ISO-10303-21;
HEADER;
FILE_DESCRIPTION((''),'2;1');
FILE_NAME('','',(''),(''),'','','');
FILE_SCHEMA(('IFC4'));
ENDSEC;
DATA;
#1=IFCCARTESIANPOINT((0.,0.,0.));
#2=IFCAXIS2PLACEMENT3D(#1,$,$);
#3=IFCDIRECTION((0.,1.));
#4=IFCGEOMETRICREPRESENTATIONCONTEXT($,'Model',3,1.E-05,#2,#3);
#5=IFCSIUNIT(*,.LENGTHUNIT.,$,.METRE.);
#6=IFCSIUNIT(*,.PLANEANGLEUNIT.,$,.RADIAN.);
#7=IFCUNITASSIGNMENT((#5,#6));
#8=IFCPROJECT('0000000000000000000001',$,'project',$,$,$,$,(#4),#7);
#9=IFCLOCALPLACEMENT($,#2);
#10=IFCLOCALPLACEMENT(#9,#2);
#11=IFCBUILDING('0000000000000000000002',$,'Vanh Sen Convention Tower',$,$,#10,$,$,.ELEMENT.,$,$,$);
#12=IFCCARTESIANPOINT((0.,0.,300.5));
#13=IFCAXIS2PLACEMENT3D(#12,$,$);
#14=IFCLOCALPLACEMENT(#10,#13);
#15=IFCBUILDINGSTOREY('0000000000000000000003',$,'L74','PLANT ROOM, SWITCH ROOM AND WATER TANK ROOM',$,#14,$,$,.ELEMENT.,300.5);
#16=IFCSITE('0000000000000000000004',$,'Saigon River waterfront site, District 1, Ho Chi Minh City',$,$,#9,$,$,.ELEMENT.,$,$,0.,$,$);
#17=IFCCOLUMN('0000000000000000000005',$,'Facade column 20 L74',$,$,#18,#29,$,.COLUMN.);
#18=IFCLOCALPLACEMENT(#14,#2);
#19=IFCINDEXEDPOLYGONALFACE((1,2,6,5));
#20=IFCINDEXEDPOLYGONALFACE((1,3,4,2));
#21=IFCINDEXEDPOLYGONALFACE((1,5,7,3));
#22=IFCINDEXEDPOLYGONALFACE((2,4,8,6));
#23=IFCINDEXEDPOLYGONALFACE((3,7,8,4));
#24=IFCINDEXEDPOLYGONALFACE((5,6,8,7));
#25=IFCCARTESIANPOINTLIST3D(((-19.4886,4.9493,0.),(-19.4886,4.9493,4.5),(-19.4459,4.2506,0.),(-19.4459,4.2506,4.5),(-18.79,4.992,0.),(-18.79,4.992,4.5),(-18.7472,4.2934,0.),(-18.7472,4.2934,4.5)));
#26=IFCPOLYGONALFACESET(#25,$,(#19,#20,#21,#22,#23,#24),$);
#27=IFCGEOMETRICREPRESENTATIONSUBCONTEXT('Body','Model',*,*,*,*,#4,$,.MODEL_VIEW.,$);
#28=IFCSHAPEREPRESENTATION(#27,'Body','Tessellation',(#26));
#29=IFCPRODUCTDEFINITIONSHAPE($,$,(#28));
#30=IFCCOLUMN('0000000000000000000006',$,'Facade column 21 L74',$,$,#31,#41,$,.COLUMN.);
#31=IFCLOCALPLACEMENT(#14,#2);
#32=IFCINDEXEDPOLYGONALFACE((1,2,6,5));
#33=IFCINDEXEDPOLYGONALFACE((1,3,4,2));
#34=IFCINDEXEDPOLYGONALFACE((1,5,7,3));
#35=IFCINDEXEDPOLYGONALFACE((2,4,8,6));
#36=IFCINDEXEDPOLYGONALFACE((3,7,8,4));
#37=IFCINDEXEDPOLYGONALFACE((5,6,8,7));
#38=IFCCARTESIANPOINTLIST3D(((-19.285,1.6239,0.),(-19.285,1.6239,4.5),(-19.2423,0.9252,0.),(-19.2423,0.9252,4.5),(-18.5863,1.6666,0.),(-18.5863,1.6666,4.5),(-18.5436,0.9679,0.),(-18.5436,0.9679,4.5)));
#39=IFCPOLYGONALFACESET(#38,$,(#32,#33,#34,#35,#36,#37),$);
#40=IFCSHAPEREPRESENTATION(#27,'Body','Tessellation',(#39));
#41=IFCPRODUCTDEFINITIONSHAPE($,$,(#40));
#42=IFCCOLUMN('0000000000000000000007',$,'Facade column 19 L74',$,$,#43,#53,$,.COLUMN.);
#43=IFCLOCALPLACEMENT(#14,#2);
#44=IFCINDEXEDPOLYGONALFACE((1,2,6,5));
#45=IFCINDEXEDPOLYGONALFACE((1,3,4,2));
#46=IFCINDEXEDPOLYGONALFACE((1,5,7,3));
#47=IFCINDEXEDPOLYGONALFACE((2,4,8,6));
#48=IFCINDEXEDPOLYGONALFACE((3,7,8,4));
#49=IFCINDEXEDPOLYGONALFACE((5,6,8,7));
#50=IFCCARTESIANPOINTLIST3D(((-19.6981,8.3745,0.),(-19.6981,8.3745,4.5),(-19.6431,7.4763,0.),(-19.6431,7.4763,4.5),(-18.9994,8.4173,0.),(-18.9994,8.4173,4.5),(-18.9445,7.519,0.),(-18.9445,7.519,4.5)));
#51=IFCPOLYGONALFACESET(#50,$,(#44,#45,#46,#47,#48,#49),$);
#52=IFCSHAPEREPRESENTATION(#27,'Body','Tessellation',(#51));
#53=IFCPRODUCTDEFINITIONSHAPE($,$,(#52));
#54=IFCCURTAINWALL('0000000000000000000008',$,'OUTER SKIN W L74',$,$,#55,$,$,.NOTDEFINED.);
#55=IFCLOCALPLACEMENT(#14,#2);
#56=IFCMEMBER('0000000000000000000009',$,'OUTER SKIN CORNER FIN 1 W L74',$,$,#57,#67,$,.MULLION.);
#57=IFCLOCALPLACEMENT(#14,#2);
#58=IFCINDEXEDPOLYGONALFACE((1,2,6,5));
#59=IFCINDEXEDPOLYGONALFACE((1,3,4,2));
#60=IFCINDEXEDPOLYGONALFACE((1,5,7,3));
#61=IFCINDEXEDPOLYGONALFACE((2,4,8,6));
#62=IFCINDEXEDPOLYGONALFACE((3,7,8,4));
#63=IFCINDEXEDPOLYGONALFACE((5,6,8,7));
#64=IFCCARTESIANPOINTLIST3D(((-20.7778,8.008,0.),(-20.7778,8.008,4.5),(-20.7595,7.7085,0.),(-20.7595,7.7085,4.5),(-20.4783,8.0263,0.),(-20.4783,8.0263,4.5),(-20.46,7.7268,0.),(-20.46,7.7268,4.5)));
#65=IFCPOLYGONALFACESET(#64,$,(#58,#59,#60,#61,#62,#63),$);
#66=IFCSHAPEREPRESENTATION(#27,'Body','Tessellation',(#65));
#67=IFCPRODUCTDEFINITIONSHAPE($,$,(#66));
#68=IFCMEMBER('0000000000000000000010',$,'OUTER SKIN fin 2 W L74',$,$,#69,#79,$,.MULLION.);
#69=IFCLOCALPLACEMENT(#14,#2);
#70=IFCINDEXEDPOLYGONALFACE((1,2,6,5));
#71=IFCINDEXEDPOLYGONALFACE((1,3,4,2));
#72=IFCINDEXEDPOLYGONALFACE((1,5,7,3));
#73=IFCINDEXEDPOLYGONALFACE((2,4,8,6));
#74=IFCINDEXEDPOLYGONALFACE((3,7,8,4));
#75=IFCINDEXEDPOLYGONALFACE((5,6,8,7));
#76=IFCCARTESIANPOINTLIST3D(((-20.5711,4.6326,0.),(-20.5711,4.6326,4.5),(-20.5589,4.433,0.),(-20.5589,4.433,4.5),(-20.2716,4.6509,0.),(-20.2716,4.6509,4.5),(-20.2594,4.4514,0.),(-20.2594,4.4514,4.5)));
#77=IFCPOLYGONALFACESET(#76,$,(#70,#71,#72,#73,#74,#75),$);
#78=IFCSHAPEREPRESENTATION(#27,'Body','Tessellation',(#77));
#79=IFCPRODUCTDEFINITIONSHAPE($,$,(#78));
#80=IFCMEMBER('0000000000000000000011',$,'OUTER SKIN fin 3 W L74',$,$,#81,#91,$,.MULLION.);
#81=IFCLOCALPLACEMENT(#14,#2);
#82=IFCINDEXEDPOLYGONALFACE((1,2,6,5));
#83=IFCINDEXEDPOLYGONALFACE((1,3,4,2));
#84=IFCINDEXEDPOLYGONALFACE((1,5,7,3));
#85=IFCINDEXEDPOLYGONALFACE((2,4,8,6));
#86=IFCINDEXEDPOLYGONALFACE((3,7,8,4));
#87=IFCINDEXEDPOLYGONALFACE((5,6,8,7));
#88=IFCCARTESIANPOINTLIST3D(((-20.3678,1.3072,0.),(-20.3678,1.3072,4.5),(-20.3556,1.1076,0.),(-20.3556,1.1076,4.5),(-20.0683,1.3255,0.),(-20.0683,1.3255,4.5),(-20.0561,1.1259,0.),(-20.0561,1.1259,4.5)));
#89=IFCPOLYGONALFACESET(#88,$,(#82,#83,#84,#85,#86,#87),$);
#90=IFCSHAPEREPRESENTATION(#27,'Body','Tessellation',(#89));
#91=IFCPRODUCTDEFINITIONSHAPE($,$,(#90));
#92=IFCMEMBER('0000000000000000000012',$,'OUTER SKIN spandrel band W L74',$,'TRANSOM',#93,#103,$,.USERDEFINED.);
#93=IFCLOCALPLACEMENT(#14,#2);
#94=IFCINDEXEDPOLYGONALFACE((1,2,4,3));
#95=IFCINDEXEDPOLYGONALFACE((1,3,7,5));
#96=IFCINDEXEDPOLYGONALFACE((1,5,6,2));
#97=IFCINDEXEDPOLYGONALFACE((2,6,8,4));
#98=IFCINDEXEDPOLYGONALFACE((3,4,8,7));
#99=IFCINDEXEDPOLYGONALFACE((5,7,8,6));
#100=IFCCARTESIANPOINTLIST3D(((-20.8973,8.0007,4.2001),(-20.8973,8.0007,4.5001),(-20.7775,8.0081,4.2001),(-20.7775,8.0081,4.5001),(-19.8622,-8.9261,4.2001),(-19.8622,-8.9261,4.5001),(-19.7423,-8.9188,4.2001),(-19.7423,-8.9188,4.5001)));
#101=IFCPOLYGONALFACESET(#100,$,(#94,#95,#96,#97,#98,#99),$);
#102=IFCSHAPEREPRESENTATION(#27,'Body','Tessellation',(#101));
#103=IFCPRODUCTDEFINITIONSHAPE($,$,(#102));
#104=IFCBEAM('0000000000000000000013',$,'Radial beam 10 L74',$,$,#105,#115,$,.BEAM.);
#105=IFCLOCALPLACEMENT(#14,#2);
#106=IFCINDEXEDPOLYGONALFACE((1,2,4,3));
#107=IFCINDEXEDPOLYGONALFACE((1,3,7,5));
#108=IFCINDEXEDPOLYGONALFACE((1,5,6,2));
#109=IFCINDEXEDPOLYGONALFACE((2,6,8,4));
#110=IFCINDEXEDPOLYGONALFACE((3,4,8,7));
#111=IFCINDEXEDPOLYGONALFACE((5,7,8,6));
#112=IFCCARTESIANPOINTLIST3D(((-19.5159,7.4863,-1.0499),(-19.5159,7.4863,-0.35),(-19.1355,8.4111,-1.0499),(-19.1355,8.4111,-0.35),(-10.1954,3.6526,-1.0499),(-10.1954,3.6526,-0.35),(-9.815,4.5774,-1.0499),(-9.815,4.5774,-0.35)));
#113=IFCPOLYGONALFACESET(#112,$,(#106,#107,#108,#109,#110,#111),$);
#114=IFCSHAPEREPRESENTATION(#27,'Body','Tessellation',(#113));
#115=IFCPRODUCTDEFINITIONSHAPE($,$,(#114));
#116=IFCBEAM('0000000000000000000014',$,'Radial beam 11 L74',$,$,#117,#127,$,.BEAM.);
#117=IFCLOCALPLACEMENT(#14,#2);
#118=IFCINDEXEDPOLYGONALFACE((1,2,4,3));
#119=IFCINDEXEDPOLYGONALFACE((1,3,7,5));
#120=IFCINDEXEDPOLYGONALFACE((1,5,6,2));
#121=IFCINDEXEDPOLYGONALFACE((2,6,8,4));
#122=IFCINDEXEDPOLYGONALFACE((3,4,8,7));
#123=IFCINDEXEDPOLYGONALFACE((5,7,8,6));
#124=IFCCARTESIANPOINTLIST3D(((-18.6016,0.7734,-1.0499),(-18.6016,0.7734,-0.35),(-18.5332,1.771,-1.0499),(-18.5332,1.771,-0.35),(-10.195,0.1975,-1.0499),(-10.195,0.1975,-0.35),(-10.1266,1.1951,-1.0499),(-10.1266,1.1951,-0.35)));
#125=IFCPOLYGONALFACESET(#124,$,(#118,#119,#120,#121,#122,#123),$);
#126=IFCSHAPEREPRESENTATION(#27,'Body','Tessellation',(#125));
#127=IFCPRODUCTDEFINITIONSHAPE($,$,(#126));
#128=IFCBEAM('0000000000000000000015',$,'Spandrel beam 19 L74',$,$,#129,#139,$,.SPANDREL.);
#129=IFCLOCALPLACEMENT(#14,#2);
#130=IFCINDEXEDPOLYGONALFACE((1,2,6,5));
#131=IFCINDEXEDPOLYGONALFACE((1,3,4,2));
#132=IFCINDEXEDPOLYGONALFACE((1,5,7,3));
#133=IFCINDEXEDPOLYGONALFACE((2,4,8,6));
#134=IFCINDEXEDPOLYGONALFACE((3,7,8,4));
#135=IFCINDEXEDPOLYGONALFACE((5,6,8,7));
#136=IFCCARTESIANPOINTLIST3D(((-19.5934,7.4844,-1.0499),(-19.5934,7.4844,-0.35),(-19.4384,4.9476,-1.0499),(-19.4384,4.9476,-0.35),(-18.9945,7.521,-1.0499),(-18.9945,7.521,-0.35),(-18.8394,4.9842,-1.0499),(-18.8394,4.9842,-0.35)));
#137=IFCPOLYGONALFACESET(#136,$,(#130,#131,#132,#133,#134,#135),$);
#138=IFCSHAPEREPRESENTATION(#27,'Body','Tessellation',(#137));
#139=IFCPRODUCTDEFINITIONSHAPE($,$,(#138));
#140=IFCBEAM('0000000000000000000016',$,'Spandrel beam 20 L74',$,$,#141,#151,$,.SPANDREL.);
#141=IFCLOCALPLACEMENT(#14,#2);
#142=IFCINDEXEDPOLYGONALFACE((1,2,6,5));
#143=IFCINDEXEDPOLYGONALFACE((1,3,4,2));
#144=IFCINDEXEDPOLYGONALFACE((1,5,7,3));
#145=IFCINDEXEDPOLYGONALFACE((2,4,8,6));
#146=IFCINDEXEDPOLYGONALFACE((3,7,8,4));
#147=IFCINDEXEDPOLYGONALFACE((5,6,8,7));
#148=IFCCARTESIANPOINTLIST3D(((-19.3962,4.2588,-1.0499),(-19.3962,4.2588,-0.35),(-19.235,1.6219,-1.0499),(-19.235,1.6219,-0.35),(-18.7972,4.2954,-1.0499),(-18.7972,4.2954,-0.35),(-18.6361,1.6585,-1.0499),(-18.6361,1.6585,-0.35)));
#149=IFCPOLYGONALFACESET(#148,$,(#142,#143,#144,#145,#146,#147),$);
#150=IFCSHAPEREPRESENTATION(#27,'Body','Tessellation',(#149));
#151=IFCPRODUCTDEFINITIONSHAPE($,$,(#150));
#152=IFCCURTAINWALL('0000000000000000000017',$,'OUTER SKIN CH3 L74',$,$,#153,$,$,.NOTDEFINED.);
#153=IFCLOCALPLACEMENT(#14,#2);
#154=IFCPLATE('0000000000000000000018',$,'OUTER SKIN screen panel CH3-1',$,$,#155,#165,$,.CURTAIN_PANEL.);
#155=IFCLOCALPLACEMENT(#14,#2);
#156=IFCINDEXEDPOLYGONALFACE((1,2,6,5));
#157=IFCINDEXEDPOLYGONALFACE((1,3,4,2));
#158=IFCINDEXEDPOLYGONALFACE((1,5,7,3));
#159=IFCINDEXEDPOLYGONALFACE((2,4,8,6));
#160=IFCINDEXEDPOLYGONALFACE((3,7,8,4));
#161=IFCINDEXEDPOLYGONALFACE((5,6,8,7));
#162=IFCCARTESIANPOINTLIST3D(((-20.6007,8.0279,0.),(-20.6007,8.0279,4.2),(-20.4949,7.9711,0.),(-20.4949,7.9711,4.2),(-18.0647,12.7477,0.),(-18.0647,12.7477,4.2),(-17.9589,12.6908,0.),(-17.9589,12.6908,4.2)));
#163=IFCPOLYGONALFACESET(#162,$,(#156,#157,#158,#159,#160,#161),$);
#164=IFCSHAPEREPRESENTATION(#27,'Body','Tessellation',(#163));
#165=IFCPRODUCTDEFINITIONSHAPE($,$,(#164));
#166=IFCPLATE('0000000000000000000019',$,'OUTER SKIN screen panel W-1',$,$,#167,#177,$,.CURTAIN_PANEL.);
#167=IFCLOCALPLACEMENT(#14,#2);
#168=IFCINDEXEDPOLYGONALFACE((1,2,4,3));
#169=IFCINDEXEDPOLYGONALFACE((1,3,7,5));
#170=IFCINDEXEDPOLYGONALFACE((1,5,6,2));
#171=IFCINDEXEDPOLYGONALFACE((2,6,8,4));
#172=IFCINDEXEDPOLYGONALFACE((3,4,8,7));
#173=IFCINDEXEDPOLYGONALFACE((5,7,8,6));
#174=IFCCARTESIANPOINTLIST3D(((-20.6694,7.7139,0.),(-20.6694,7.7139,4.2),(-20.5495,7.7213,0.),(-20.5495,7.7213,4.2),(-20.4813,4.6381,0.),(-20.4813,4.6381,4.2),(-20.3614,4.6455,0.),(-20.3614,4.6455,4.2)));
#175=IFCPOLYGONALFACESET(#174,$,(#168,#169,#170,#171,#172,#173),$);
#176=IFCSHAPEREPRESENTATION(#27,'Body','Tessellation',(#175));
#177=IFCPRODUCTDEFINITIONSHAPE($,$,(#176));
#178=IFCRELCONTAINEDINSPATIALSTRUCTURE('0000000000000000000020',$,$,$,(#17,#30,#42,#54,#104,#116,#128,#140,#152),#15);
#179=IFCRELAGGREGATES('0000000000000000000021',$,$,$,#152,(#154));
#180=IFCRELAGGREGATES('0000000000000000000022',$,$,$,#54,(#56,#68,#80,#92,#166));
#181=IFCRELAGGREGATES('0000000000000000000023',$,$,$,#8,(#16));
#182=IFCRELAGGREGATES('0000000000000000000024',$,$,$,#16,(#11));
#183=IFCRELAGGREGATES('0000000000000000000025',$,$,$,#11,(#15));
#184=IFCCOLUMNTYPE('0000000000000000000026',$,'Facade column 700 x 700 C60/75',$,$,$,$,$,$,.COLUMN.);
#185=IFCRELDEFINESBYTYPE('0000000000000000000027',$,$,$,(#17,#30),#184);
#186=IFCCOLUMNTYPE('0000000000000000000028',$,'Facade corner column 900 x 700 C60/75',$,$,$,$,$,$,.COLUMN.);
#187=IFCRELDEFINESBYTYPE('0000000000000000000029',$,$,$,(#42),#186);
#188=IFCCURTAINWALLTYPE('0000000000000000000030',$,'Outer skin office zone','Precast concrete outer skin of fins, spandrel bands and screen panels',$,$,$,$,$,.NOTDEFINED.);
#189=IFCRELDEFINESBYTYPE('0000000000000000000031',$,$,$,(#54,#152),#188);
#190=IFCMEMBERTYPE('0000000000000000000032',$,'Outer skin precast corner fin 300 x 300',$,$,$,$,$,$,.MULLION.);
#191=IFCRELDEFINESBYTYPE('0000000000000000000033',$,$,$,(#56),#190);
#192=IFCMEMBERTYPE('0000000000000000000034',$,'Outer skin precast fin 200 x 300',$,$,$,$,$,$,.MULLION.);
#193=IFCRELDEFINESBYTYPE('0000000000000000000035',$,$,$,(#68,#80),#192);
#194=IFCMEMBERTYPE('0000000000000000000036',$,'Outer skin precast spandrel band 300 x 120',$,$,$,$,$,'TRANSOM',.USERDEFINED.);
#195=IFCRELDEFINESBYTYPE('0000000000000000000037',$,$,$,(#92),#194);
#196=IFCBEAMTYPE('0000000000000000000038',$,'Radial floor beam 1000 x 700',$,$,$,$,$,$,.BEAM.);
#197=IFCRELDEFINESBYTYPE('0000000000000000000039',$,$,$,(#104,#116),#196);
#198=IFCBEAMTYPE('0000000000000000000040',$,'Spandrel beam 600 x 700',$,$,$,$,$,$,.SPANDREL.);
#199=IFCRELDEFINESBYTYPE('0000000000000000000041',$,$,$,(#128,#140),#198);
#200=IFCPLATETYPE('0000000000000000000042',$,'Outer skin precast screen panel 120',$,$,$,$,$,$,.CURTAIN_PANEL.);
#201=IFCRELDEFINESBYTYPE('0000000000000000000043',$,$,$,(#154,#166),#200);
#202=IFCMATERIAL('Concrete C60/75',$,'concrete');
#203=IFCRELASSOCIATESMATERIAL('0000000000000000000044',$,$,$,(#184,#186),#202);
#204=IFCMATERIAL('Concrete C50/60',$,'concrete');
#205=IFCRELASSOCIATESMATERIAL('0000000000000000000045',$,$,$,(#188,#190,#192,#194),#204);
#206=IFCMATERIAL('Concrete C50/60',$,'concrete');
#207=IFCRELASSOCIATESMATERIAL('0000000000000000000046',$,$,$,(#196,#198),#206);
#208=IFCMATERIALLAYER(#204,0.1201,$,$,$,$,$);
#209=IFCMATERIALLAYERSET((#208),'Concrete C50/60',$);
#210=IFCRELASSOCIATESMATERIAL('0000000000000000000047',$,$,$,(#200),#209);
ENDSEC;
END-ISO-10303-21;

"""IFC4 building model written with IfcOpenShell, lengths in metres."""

from ifc_helpers import new_model, si_unit, direction, frame, origin, origin_2d, place, context, subcontext, project, spatial, rectangle, extrude, material, layer, layer_set, material_profile, profile_set, type_object, element, aggregate, save


model = new_model("IFC4")

# Units and contexts
model_context = context("Model", 3, precision=1e-05, world=origin(), true_north=direction((0.0, 1.0)))
body_context = subcontext(model_context, "Body", "Model", "MODEL_VIEW")
ifc_project = project(units=[si_unit("LENGTHUNIT", "METRE"), si_unit("PLANEANGLEUNIT", "RADIAN")], contexts=[model_context])

# Site, building, storey
site_placement = place(None, origin())
site = spatial("IfcSite", under=ifc_project, at=site_placement, Name="Saigon River waterfront site, District 1, Ho Chi Minh City", CompositionType="ELEMENT", RefElevation=0.0)
building_placement = place(site_placement, origin())
building = spatial("IfcBuilding", under=site, at=building_placement, Name="Vanh Sen Convention Tower", CompositionType="ELEMENT")
storey_placement = place(building_placement, frame((0.0, 0.0, 300.5)))
storey = spatial("IfcBuildingStorey", under=building, at=storey_placement, Name="L74", Description="PLANT ROOM, SWITCH ROOM AND WATER TANK ROOM", CompositionType="ELEMENT", Elevation=300.5)

# Columns
ifc_material_1 = material(Name="Concrete C60/75", Category="concrete")
ifc_material_profile_1 = material_profile(ifc_material_1, rectangle(XDim=0.7, YDim=0.7, at=origin_2d()), Name="RC 700X700")
ifc_profile_set_1 = profile_set([ifc_material_profile_1], Name="Concrete C60/75")
column_type_1 = type_object("IfcColumnType", Name="Facade column 700 x 700 C60/75", PredefinedType="COLUMN", material=ifc_profile_set_1)
for number, where, z_axis, x_axis, name in (
    (1, (-19.1179, 4.6213, 0.0), (0.0, 0.0, 1.0), (0.061049, -0.998135, 0.0), "Facade column 20 L74"),
    (2, (-18.9143, 1.2959, 0.0), (0.0, 0.0, 1.0), (0.061049, -0.998135, 0.0), "Facade column 21 L74"),
):
    element("IfcColumn", number, at=place(storey_placement, frame(where, z_axis=z_axis, x_axis=x_axis)), inside=storey, type_object=column_type_1, Name=name, PredefinedType="COLUMN", context=body_context, shape_type="SweptSolid", body=[
        extrude(rectangle(XDim=0.7, YDim=0.7, at=origin_2d()), origin(), (0.0, 0.0, 1.0), 4.5),
    ])
ifc_material_profile_2 = material_profile(ifc_material_1, rectangle(XDim=0.8999, YDim=0.7, at=origin_2d()), Name="RC 900X700")
ifc_profile_set_2 = profile_set([ifc_material_profile_2], Name="Concrete C60/75")
column_type_2 = type_object("IfcColumnType", Name="Facade corner column 900 x 700 C60/75", PredefinedType="COLUMN", material=ifc_profile_set_2)
column_placement = place(storey_placement, frame((-19.3213, 7.9468, 0.0), z_axis=(0.0, 0.0, 1.0), x_axis=(0.061049, -0.998135, 0.0)))
element("IfcColumn", 3, at=column_placement, inside=storey, type_object=column_type_2, Name="Facade column 19 L74", PredefinedType="COLUMN", context=body_context, shape_type="SweptSolid", body=[
    extrude(rectangle(XDim=0.8999, YDim=0.7, at=origin_2d()), origin(), (0.0, 0.0, 1.0), 4.5),
])

# Curtain wall, members
ifc_material_2 = material(Name="Concrete C50/60", Category="concrete")
curtain_wall_type = type_object("IfcCurtainWallType", Name="Outer skin office zone", Description="Precast concrete outer skin of fins, spandrel bands and screen panels", PredefinedType="NOTDEFINED", material=ifc_material_2)
curtain_wall_1_placement = place(storey_placement, origin())
curtain_wall_1 = element("IfcCurtainWall", 4, at=curtain_wall_1_placement, inside=storey, type_object=curtain_wall_type, Name="OUTER SKIN W L74", PredefinedType="NOTDEFINED")
ifc_material_profile_3 = material_profile(ifc_material_2, rectangle(XDim=0.3, YDim=0.3, at=origin_2d()), Name="Outer skin precast corner fin 300 x 300")
ifc_profile_set_3 = profile_set([ifc_material_profile_3], Name="Concrete C50/60")
member_type_1 = type_object("IfcMemberType", Name="Outer skin precast corner fin 300 x 300", PredefinedType="MULLION", material=ifc_profile_set_3)
member_1_placement = place(storey_placement, frame((-20.6189, 7.8674, 0.0), z_axis=(0.0, 0.0, 1.0), x_axis=(0.061049, -0.998135, 0.0)))
member_1 = element("IfcMember", 5, at=member_1_placement, type_object=member_type_1, Name="OUTER SKIN CORNER FIN 1 W L74", PredefinedType="MULLION", context=body_context, shape_type="SweptSolid", body=[
    extrude(rectangle(XDim=0.3, YDim=0.3, at=origin_2d()), origin(), (0.0, 0.0, 1.0), 4.5),
])
ifc_material_profile_4 = material_profile(ifc_material_2, rectangle(XDim=0.2, YDim=0.3, at=origin_2d()), Name="Outer skin precast fin 200 x 300")
ifc_profile_set_4 = profile_set([ifc_material_profile_4], Name="Concrete C50/60")
member_type_2 = type_object("IfcMemberType", Name="Outer skin precast fin 200 x 300", PredefinedType="MULLION", material=ifc_profile_set_4)
member_2_placement = place(storey_placement, frame((-20.4153, 4.542, 0.0), z_axis=(0.0, 0.0, 1.0), x_axis=(0.061049, -0.998135, 0.0)))
member_2 = element("IfcMember", 6, at=member_2_placement, type_object=member_type_2, Name="OUTER SKIN fin 2 W L74", PredefinedType="MULLION", context=body_context, shape_type="SweptSolid", body=[
    extrude(rectangle(XDim=0.2, YDim=0.3, at=origin_2d()), origin(), (0.0, 0.0, 1.0), 4.5),
])
member_3_placement = place(storey_placement, frame((-20.2119, 1.2166, 0.0), z_axis=(0.0, 0.0, 1.0), x_axis=(0.061049, -0.998135, 0.0)))
member_3 = element("IfcMember", 7, at=member_3_placement, type_object=member_type_2, Name="OUTER SKIN fin 3 W L74", PredefinedType="MULLION", context=body_context, shape_type="SweptSolid", body=[
    extrude(rectangle(XDim=0.2, YDim=0.3, at=origin_2d()), origin(), (0.0, 0.0, 1.0), 4.5),
])
ifc_material_profile_5 = material_profile(ifc_material_2, rectangle(XDim=0.1201, YDim=0.3, at=origin_2d()), Name="Outer skin precast spandrel band 300 x 120")
ifc_profile_set_5 = profile_set([ifc_material_profile_5], Name="Concrete C50/60")
member_type_3 = type_object("IfcMemberType", Name="Outer skin precast spandrel band 300 x 120", ElementType="TRANSOM", PredefinedType="USERDEFINED", material=ifc_profile_set_5)
member_4_placement = place(storey_placement, frame((-20.8374, 8.0044, 4.3501), z_axis=(0.061041, -0.998135, 0.0), x_axis=(0.998135, 0.061041, 0.0)))
member_4 = element("IfcMember", 8, at=member_4_placement, type_object=member_type_3, Name="OUTER SKIN spandrel band W L74", ObjectType="TRANSOM", PredefinedType="USERDEFINED", context=body_context, shape_type="SweptSolid", body=[
    extrude(rectangle(XDim=0.1201, YDim=0.3, at=origin_2d()), origin(), (0.0, 0.0, 1.0), 16.9585),
])

# Beams
ifc_material_3 = material(Name="Concrete C50/60", Category="concrete")
ifc_material_profile_6 = material_profile(ifc_material_3, rectangle(XDim=1.0, YDim=0.7, at=origin_2d()), Name="RC 1000X700")
ifc_profile_set_6 = profile_set([ifc_material_profile_6], Name="Concrete C50/60")
beam_type_1 = type_object("IfcBeamType", Name="Radial floor beam 1000 x 700", PredefinedType="BEAM", material=ifc_profile_set_6)
beam_1_placement = place(storey_placement, frame((-19.3257, 7.9487, -0.7), z_axis=(0.924823, -0.380399, 0.0), x_axis=(0.380399, 0.924823, 0.0)))
element("IfcBeam", 9, at=beam_1_placement, inside=storey, type_object=beam_type_1, Name="Radial beam 10 L74", PredefinedType="BEAM", context=body_context, shape_type="SweptSolid", body=[
    extrude(rectangle(XDim=1.0, YDim=0.7, at=origin_2d()), origin(), (0.0, 0.0, 1.0), 10.0781),
])
beam_2_placement = place(storey_placement, frame((-18.5674, 1.2722, -0.7), z_axis=(0.997661, -0.06835, 0.0), x_axis=(0.06835, 0.997661, 0.0)))
element("IfcBeam", 10, at=beam_2_placement, inside=storey, type_object=beam_type_1, Name="Radial beam 11 L74", PredefinedType="BEAM", context=body_context, shape_type="SweptSolid", body=[
    extrude(rectangle(XDim=1.0, YDim=0.7, at=origin_2d()), origin(), (0.0, 0.0, 1.0), 8.4263),
])
ifc_material_profile_7 = material_profile(ifc_material_3, rectangle(XDim=0.6001, YDim=0.7, at=origin_2d()), Name="RC 600X700")
ifc_profile_set_7 = profile_set([ifc_material_profile_7], Name="Concrete C50/60")
beam_type_2 = type_object("IfcBeamType", Name="Spandrel beam 600 x 700", PredefinedType="SPANDREL", material=ifc_profile_set_7)
beam_3_placement = place(storey_placement, frame((-19.2939, 7.5027, -0.7), z_axis=(0.060997, -0.998138, 0.0), x_axis=(0.998138, 0.060997, 0.0)))
element("IfcBeam", 11, at=beam_3_placement, inside=storey, type_object=beam_type_2, Name="Spandrel beam 19 L74", PredefinedType="SPANDREL", context=body_context, shape_type="SweptSolid", body=[
    extrude(rectangle(XDim=0.6001, YDim=0.7, at=origin_2d()), origin(), (0.0, 0.0, 1.0), 2.5415),
])
beam_4_placement = place(storey_placement, frame((-19.0967, 4.2771, -0.7), z_axis=(0.060992, -0.998138, 0.0), x_axis=(0.998138, 0.060992, 0.0)))
element("IfcBeam", 12, at=beam_4_placement, inside=storey, type_object=beam_type_2, Name="Spandrel beam 20 L74", PredefinedType="SPANDREL", context=body_context, shape_type="SweptSolid", body=[
    extrude(rectangle(XDim=0.6001, YDim=0.7, at=origin_2d()), origin(), (0.0, 0.0, 1.0), 2.6418),
])

# Curtain wall, plate
curtain_wall_2_placement = place(storey_placement, origin())
curtain_wall_2 = element("IfcCurtainWall", 13, at=curtain_wall_2_placement, inside=storey, type_object=curtain_wall_type, Name="OUTER SKIN CH3 L74", PredefinedType="NOTDEFINED")
ifc_layer_1 = layer(ifc_material_2, 0.1201)
ifc_layer_set_1 = layer_set([ifc_layer_1], Name="Concrete C50/60")
plate_type = type_object("IfcPlateType", Name="Outer skin precast screen panel 120", PredefinedType="CURTAIN_PANEL", material=ifc_layer_set_1)
plate_1_placement = place(storey_placement, frame((-19.2798, 10.3594, 0.0), z_axis=(0.0, 0.0, 1.0), x_axis=(-0.473324, -0.880888, 0.0)))
plate_1 = element("IfcPlate", 14, at=plate_1_placement, type_object=plate_type, Name="OUTER SKIN screen panel CH3-1", PredefinedType="CURTAIN_PANEL", context=body_context, shape_type="SweptSolid", body=[
    extrude(rectangle(XDim=5.3579, YDim=0.1201, at=origin_2d()), origin(), (0.0, 0.0, 1.0), 4.2),
])
aggregate(curtain_wall_2, [plate_1])

# Plate
plate_2_placement = place(storey_placement, frame((-20.5154, 6.1797, 0.0), z_axis=(0.0, 0.0, 1.0), x_axis=(0.061052, -0.998135, 0.0)))
plate_2 = element("IfcPlate", 15, at=plate_2_placement, type_object=plate_type, Name="OUTER SKIN screen panel W-1", PredefinedType="CURTAIN_PANEL", context=body_context, shape_type="SweptSolid", body=[
    extrude(rectangle(XDim=3.0815, YDim=0.1201, at=origin_2d()), origin(), (0.0, 0.0, 1.0), 4.2),
])
aggregate(curtain_wall_1, [member_1, member_2, member_3, member_4, plate_2])

save(model, "model.ifc")
